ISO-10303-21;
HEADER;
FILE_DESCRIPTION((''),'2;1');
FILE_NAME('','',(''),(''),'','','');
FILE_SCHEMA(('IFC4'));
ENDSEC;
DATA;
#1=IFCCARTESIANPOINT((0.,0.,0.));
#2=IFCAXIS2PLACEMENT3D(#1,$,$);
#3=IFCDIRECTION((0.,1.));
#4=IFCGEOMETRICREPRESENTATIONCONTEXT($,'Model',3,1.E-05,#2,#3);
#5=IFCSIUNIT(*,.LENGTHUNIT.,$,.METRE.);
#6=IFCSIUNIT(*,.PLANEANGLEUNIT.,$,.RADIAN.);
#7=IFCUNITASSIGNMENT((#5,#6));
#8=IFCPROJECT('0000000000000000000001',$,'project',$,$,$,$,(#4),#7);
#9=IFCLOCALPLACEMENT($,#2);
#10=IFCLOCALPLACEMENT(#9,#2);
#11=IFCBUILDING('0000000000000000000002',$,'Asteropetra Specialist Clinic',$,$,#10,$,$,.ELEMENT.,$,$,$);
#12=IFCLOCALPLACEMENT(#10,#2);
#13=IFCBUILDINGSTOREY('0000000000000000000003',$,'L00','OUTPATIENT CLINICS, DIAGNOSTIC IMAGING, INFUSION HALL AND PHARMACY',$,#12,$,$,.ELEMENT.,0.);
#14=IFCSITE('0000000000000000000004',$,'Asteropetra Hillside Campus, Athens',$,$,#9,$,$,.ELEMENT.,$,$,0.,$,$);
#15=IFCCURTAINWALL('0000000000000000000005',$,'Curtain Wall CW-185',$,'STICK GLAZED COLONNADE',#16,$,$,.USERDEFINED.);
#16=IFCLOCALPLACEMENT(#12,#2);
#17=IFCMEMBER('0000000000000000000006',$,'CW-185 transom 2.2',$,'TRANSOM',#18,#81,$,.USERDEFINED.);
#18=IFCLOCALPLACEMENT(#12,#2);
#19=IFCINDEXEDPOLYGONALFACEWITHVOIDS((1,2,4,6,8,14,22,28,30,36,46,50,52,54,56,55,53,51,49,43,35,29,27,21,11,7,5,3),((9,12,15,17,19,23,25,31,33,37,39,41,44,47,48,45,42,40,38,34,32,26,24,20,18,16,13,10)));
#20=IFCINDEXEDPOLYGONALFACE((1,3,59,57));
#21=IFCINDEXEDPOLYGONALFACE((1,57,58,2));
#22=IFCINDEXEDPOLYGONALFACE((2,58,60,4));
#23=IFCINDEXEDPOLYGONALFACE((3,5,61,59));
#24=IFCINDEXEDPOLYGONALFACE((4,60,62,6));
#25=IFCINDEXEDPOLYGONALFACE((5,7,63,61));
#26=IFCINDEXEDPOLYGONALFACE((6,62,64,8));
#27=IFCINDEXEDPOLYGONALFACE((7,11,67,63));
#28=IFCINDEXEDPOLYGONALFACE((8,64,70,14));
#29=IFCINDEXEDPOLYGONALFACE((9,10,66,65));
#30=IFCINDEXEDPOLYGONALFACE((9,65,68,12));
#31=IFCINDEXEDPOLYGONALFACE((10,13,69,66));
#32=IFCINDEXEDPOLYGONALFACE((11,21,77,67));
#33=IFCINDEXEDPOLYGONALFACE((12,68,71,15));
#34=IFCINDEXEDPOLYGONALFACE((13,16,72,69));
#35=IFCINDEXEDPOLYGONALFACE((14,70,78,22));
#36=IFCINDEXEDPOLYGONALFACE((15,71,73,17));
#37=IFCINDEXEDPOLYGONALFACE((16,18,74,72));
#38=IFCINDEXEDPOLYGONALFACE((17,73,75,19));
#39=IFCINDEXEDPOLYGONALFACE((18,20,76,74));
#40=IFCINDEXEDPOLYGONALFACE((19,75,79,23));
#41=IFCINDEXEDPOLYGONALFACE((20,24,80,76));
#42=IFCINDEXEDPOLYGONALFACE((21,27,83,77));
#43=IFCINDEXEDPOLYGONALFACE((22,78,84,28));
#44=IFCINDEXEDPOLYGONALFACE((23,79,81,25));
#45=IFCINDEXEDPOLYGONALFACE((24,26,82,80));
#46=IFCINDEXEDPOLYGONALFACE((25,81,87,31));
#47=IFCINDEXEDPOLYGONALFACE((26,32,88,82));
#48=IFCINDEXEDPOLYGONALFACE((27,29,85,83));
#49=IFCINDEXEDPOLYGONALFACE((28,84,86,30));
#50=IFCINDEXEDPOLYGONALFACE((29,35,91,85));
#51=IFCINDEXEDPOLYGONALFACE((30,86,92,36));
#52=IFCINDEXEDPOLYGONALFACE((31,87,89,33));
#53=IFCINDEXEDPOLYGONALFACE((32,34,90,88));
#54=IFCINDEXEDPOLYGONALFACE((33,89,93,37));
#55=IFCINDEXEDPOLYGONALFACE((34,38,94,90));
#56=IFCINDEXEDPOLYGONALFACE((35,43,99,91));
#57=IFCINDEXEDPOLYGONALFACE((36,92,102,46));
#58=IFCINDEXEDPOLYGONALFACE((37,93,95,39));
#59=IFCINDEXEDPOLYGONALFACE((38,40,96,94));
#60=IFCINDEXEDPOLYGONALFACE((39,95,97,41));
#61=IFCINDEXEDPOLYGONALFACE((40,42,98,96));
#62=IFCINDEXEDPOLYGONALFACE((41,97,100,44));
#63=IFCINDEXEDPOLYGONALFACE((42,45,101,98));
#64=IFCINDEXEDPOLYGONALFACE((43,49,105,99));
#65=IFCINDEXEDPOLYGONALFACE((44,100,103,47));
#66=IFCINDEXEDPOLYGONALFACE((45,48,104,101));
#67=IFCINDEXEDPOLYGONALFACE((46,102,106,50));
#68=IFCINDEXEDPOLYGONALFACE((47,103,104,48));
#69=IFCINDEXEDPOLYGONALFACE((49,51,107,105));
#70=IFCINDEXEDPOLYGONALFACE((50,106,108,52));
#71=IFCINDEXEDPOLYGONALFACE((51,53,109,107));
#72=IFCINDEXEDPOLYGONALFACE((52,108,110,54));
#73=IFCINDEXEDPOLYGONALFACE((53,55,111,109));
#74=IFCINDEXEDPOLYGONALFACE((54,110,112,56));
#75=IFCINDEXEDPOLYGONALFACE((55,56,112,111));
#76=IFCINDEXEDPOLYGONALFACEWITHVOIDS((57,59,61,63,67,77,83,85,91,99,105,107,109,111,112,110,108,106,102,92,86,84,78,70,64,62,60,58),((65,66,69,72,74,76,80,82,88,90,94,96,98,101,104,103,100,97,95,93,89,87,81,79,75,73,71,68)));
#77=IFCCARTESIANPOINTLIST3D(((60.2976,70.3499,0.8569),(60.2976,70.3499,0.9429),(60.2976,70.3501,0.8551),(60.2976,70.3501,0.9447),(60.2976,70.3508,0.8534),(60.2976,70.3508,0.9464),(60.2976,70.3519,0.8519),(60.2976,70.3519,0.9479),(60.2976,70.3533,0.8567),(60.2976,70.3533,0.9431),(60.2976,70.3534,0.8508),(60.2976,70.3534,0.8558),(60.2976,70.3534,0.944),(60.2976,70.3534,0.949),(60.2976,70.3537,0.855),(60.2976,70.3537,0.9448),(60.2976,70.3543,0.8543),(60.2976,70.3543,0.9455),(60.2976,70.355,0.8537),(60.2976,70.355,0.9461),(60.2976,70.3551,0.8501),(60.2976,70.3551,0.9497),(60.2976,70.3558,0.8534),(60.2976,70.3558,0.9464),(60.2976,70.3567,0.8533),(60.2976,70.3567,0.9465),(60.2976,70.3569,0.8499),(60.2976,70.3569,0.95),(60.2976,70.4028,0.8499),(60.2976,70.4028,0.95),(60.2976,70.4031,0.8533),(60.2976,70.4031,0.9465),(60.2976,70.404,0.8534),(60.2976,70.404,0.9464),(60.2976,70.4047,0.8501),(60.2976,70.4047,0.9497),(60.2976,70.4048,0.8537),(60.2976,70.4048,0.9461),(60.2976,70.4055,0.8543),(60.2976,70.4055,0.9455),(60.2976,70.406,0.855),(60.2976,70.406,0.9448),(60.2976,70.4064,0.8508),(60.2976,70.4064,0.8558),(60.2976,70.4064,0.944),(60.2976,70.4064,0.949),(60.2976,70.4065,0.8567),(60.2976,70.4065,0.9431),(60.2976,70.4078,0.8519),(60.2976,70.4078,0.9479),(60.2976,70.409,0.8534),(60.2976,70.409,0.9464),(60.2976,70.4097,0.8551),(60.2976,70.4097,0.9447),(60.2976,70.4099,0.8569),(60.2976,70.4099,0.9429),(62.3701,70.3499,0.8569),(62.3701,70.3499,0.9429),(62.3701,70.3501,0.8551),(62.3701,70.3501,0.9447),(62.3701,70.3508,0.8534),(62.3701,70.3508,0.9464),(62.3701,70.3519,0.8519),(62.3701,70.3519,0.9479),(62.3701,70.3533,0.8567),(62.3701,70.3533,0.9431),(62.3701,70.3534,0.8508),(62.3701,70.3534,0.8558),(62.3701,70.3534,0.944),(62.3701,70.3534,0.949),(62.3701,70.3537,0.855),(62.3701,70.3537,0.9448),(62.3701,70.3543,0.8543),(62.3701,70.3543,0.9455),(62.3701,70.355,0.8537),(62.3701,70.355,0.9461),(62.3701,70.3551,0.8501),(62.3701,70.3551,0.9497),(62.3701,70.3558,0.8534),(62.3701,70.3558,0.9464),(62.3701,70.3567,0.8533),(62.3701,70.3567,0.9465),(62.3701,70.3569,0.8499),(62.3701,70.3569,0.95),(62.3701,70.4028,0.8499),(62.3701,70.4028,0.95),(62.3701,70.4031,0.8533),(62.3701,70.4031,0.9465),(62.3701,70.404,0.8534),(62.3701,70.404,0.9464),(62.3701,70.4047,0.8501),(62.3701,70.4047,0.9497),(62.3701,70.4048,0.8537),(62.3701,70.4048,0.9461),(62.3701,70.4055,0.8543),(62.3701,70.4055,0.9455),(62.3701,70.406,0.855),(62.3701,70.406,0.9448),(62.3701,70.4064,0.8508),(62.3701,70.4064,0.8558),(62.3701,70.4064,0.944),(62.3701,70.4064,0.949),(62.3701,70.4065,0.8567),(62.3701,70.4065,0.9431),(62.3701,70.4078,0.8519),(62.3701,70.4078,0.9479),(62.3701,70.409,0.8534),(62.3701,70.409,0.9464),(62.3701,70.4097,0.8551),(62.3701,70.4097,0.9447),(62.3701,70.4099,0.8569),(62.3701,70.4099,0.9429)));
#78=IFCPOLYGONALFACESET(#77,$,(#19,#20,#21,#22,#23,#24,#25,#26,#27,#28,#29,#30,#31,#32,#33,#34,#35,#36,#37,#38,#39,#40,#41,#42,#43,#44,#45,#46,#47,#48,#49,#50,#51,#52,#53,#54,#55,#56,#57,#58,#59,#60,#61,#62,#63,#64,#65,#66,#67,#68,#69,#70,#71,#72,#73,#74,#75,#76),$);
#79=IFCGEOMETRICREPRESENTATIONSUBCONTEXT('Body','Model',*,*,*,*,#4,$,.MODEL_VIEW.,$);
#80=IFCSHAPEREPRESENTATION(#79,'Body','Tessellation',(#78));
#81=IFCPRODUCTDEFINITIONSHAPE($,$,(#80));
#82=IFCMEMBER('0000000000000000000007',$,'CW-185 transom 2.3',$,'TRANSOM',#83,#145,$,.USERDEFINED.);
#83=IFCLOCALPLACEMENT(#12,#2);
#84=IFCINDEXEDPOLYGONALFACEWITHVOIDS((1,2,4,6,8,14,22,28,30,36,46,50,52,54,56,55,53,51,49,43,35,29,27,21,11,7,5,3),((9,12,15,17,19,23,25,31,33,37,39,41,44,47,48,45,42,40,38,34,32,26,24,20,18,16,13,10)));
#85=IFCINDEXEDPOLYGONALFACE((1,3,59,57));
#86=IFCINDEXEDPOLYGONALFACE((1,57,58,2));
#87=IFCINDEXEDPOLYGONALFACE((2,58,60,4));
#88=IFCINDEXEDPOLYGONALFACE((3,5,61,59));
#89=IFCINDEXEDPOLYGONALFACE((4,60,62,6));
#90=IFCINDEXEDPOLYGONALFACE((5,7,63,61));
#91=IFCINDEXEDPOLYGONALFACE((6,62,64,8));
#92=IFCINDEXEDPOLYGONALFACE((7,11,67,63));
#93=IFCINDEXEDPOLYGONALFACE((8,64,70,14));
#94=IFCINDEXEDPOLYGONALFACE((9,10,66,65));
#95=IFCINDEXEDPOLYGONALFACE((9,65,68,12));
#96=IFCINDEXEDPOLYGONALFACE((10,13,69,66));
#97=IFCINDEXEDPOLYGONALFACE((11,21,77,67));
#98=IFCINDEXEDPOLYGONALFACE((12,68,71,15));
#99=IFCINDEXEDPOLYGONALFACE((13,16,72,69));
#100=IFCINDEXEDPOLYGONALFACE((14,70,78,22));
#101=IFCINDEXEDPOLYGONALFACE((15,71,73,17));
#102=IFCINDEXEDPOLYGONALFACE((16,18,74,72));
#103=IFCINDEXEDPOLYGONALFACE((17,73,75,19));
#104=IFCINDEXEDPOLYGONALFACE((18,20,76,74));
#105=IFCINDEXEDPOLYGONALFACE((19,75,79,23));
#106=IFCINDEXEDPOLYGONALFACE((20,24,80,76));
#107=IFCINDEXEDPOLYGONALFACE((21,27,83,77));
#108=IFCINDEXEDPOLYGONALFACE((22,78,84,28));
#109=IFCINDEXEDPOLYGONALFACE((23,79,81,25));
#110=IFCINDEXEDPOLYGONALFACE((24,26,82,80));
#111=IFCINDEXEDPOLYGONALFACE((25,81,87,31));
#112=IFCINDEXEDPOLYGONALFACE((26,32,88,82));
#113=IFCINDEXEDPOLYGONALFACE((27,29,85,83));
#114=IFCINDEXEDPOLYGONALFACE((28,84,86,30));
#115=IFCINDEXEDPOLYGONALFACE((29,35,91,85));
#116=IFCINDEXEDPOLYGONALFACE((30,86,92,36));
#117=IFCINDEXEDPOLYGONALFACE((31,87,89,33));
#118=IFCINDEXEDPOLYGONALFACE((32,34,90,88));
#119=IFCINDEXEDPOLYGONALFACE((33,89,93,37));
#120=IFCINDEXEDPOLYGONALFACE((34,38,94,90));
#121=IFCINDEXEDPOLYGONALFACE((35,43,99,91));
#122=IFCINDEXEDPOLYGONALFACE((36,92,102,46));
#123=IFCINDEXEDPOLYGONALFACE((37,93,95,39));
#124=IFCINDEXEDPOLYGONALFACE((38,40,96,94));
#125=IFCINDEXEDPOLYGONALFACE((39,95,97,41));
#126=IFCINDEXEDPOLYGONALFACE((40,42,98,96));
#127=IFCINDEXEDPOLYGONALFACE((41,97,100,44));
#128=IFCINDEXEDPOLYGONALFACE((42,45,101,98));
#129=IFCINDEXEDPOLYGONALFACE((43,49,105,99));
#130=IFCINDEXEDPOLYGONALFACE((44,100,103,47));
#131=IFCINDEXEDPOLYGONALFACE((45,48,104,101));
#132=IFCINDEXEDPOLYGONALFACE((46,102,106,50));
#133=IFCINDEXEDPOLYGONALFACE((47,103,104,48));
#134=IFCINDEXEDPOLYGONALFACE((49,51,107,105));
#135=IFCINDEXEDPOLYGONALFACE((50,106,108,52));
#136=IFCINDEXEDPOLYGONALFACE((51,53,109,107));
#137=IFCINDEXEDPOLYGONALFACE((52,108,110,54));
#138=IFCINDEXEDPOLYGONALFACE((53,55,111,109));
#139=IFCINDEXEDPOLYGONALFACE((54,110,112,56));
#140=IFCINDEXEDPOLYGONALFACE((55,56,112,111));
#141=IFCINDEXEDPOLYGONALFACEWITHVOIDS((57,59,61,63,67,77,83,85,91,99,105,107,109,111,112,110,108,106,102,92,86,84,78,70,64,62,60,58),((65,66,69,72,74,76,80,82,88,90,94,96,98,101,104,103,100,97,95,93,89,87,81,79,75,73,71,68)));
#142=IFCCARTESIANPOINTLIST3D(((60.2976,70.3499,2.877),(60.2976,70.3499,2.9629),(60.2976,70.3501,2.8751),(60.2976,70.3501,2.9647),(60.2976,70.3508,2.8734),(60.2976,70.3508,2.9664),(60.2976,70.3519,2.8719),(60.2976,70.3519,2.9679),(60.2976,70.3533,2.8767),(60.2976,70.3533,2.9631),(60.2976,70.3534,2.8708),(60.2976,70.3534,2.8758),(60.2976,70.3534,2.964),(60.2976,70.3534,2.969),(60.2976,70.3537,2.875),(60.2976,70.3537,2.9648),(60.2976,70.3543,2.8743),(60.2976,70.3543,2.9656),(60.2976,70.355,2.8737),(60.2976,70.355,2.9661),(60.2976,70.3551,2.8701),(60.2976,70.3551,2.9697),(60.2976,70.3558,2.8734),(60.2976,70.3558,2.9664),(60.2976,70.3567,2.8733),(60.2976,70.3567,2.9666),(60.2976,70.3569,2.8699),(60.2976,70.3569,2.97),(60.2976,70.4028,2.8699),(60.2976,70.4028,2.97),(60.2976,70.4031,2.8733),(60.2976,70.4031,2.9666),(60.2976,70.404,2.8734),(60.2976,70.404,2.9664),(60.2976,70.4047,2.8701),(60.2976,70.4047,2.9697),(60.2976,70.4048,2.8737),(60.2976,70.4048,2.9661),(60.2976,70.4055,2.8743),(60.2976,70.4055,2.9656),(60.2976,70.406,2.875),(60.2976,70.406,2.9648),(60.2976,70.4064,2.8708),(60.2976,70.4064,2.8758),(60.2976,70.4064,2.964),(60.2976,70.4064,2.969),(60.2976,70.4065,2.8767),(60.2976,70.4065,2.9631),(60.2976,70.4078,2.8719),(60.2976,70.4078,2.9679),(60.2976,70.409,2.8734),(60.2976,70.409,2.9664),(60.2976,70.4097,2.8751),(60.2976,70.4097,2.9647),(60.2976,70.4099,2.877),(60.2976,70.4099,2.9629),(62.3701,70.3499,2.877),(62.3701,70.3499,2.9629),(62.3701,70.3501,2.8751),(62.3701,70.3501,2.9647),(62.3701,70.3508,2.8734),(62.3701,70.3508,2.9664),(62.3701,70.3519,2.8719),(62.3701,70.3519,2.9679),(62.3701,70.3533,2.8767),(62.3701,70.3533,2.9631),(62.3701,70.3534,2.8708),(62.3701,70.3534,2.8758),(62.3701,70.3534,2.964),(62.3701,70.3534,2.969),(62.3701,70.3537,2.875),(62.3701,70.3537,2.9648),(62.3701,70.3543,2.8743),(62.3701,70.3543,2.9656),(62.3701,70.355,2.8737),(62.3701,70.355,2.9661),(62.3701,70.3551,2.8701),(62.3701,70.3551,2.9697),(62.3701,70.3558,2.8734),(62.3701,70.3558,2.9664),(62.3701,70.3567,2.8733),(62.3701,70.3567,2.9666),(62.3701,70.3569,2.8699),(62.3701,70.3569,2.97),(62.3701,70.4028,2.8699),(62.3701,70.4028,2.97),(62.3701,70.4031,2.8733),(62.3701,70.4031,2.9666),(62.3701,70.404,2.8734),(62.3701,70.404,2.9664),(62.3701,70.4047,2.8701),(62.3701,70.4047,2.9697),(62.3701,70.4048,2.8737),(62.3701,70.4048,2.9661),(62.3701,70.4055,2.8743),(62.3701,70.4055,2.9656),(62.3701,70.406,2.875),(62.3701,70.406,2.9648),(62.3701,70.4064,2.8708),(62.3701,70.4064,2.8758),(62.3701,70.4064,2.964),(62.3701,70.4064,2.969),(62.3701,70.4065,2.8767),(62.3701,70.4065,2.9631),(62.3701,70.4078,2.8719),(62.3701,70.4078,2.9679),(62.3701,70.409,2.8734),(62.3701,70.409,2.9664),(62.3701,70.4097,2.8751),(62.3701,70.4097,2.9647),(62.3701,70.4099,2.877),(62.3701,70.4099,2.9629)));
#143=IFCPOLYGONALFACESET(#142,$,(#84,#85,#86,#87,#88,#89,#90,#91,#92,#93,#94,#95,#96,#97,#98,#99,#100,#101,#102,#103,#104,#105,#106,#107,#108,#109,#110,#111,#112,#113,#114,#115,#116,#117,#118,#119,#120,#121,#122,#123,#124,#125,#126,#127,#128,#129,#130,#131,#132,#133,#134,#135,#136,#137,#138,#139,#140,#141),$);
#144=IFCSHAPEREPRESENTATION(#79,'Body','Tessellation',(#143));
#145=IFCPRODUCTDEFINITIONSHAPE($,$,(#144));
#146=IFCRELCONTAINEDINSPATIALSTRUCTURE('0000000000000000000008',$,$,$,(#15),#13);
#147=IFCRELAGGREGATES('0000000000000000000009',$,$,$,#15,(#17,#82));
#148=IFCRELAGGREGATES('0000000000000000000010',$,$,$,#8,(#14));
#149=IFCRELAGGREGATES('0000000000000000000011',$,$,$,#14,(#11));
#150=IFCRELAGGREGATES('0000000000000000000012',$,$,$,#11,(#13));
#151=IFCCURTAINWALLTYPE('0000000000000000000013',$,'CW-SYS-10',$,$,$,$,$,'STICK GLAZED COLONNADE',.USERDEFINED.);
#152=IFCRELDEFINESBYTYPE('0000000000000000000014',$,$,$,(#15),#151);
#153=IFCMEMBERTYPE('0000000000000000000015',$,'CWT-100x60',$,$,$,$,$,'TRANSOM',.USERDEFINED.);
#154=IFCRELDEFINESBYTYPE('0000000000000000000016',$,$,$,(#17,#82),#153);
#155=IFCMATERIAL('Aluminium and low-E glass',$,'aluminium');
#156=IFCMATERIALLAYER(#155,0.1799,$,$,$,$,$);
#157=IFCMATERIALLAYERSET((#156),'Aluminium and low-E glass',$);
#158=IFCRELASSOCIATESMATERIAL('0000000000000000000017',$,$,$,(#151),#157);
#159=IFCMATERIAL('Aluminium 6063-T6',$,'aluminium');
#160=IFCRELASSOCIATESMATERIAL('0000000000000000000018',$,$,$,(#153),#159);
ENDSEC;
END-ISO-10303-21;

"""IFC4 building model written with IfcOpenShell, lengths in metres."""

from ifc_helpers import new_model, si_unit, direction, frame, origin, origin_2d, place, context, subcontext, project, spatial, hollow_rectangle, extrude, material, layer, layer_set, material_profile, profile_set, type_object, element, aggregate, save


model = new_model("IFC4")

# Units and contexts
model_context = context("Model", 3, precision=1e-05, world=origin(), true_north=direction((0.0, 1.0)))
body_context = subcontext(model_context, "Body", "Model", "MODEL_VIEW")
ifc_project = project(units=[si_unit("LENGTHUNIT", "METRE"), si_unit("PLANEANGLEUNIT", "RADIAN")], contexts=[model_context])

# Site, building, storey
site_placement = place(None, origin())
site = spatial("IfcSite", under=ifc_project, at=site_placement, Name="Asteropetra Hillside Campus, Athens", CompositionType="ELEMENT", RefElevation=0.0)
building_placement = place(site_placement, origin())
building = spatial("IfcBuilding", under=site, at=building_placement, Name="Asteropetra Specialist Clinic", CompositionType="ELEMENT")
storey_placement = place(building_placement, origin())
storey = spatial("IfcBuildingStorey", under=building, at=storey_placement, Name="L00", Description="OUTPATIENT CLINICS, DIAGNOSTIC IMAGING, INFUSION HALL AND PHARMACY", CompositionType="ELEMENT", Elevation=0.0)

# Curtain wall, members
ifc_material_1 = material(Name="Aluminium and low-E glass", Category="aluminium")
ifc_layer_1 = layer(ifc_material_1, 0.1799)
ifc_layer_set_1 = layer_set([ifc_layer_1], Name="Aluminium and low-E glass")
curtain_wall_type = type_object("IfcCurtainWallType", Name="CW-SYS-10", ElementType="STICK GLAZED COLONNADE", PredefinedType="USERDEFINED", material=ifc_layer_set_1)
curtain_wall_placement = place(storey_placement, origin())
curtain_wall = element("IfcCurtainWall", 1, at=curtain_wall_placement, inside=storey, type_object=curtain_wall_type, Name="Curtain Wall CW-185", ObjectType="STICK GLAZED COLONNADE", PredefinedType="USERDEFINED")
ifc_material_2 = material(Name="Aluminium 6063-T6", Category="aluminium")
ifc_material_profile_1 = material_profile(ifc_material_2, hollow_rectangle(XDim=0.0601, YDim=0.1001, WallThickness=0.0034, InnerFilletRadius=0.0034, OuterFilletRadius=0.0071, at=origin_2d()), Name="TRN 100x60x3.5")
ifc_profile_set_1 = profile_set([ifc_material_profile_1], Name="Aluminium 6063-T6")
member_type_1 = type_object("IfcMemberType", Name="CWT-100x60", ElementType="TRANSOM", PredefinedType="USERDEFINED", material=ifc_profile_set_1)
member_1_placement = place(storey_placement, frame((60.2976, 70.3799, 0.8999), z_axis=(1.0, 0.0, 0.0), x_axis=(0.0, 1.0, 0.0)))
member_1 = element("IfcMember", 2, at=member_1_placement, type_object=member_type_1, Name="CW-185 transom 2.2", ObjectType="TRANSOM", PredefinedType="USERDEFINED", context=body_context, shape_type="SweptSolid", body=[
    extrude(hollow_rectangle(XDim=0.0601, YDim=0.1001, WallThickness=0.0034, InnerFilletRadius=0.0034, OuterFilletRadius=0.0071, at=origin_2d()), origin(), (0.0, 0.0, 1.0), 2.0725),
])
member_2_placement = place(storey_placement, frame((60.2976, 70.3799, 2.9199), z_axis=(1.0, 0.0, 0.0), x_axis=(0.0, 1.0, 0.0)))
member_2 = element("IfcMember", 3, at=member_2_placement, type_object=member_type_1, Name="CW-185 transom 2.3", ObjectType="TRANSOM", PredefinedType="USERDEFINED", context=body_context, shape_type="SweptSolid", body=[
    extrude(hollow_rectangle(XDim=0.0601, YDim=0.1001, WallThickness=0.0034, InnerFilletRadius=0.0034, OuterFilletRadius=0.0071, at=origin_2d()), origin(), (0.0, 0.0, 1.0), 2.0725),
])
aggregate(curtain_wall, [member_1, member_2])

save(model, "model.ifc")
